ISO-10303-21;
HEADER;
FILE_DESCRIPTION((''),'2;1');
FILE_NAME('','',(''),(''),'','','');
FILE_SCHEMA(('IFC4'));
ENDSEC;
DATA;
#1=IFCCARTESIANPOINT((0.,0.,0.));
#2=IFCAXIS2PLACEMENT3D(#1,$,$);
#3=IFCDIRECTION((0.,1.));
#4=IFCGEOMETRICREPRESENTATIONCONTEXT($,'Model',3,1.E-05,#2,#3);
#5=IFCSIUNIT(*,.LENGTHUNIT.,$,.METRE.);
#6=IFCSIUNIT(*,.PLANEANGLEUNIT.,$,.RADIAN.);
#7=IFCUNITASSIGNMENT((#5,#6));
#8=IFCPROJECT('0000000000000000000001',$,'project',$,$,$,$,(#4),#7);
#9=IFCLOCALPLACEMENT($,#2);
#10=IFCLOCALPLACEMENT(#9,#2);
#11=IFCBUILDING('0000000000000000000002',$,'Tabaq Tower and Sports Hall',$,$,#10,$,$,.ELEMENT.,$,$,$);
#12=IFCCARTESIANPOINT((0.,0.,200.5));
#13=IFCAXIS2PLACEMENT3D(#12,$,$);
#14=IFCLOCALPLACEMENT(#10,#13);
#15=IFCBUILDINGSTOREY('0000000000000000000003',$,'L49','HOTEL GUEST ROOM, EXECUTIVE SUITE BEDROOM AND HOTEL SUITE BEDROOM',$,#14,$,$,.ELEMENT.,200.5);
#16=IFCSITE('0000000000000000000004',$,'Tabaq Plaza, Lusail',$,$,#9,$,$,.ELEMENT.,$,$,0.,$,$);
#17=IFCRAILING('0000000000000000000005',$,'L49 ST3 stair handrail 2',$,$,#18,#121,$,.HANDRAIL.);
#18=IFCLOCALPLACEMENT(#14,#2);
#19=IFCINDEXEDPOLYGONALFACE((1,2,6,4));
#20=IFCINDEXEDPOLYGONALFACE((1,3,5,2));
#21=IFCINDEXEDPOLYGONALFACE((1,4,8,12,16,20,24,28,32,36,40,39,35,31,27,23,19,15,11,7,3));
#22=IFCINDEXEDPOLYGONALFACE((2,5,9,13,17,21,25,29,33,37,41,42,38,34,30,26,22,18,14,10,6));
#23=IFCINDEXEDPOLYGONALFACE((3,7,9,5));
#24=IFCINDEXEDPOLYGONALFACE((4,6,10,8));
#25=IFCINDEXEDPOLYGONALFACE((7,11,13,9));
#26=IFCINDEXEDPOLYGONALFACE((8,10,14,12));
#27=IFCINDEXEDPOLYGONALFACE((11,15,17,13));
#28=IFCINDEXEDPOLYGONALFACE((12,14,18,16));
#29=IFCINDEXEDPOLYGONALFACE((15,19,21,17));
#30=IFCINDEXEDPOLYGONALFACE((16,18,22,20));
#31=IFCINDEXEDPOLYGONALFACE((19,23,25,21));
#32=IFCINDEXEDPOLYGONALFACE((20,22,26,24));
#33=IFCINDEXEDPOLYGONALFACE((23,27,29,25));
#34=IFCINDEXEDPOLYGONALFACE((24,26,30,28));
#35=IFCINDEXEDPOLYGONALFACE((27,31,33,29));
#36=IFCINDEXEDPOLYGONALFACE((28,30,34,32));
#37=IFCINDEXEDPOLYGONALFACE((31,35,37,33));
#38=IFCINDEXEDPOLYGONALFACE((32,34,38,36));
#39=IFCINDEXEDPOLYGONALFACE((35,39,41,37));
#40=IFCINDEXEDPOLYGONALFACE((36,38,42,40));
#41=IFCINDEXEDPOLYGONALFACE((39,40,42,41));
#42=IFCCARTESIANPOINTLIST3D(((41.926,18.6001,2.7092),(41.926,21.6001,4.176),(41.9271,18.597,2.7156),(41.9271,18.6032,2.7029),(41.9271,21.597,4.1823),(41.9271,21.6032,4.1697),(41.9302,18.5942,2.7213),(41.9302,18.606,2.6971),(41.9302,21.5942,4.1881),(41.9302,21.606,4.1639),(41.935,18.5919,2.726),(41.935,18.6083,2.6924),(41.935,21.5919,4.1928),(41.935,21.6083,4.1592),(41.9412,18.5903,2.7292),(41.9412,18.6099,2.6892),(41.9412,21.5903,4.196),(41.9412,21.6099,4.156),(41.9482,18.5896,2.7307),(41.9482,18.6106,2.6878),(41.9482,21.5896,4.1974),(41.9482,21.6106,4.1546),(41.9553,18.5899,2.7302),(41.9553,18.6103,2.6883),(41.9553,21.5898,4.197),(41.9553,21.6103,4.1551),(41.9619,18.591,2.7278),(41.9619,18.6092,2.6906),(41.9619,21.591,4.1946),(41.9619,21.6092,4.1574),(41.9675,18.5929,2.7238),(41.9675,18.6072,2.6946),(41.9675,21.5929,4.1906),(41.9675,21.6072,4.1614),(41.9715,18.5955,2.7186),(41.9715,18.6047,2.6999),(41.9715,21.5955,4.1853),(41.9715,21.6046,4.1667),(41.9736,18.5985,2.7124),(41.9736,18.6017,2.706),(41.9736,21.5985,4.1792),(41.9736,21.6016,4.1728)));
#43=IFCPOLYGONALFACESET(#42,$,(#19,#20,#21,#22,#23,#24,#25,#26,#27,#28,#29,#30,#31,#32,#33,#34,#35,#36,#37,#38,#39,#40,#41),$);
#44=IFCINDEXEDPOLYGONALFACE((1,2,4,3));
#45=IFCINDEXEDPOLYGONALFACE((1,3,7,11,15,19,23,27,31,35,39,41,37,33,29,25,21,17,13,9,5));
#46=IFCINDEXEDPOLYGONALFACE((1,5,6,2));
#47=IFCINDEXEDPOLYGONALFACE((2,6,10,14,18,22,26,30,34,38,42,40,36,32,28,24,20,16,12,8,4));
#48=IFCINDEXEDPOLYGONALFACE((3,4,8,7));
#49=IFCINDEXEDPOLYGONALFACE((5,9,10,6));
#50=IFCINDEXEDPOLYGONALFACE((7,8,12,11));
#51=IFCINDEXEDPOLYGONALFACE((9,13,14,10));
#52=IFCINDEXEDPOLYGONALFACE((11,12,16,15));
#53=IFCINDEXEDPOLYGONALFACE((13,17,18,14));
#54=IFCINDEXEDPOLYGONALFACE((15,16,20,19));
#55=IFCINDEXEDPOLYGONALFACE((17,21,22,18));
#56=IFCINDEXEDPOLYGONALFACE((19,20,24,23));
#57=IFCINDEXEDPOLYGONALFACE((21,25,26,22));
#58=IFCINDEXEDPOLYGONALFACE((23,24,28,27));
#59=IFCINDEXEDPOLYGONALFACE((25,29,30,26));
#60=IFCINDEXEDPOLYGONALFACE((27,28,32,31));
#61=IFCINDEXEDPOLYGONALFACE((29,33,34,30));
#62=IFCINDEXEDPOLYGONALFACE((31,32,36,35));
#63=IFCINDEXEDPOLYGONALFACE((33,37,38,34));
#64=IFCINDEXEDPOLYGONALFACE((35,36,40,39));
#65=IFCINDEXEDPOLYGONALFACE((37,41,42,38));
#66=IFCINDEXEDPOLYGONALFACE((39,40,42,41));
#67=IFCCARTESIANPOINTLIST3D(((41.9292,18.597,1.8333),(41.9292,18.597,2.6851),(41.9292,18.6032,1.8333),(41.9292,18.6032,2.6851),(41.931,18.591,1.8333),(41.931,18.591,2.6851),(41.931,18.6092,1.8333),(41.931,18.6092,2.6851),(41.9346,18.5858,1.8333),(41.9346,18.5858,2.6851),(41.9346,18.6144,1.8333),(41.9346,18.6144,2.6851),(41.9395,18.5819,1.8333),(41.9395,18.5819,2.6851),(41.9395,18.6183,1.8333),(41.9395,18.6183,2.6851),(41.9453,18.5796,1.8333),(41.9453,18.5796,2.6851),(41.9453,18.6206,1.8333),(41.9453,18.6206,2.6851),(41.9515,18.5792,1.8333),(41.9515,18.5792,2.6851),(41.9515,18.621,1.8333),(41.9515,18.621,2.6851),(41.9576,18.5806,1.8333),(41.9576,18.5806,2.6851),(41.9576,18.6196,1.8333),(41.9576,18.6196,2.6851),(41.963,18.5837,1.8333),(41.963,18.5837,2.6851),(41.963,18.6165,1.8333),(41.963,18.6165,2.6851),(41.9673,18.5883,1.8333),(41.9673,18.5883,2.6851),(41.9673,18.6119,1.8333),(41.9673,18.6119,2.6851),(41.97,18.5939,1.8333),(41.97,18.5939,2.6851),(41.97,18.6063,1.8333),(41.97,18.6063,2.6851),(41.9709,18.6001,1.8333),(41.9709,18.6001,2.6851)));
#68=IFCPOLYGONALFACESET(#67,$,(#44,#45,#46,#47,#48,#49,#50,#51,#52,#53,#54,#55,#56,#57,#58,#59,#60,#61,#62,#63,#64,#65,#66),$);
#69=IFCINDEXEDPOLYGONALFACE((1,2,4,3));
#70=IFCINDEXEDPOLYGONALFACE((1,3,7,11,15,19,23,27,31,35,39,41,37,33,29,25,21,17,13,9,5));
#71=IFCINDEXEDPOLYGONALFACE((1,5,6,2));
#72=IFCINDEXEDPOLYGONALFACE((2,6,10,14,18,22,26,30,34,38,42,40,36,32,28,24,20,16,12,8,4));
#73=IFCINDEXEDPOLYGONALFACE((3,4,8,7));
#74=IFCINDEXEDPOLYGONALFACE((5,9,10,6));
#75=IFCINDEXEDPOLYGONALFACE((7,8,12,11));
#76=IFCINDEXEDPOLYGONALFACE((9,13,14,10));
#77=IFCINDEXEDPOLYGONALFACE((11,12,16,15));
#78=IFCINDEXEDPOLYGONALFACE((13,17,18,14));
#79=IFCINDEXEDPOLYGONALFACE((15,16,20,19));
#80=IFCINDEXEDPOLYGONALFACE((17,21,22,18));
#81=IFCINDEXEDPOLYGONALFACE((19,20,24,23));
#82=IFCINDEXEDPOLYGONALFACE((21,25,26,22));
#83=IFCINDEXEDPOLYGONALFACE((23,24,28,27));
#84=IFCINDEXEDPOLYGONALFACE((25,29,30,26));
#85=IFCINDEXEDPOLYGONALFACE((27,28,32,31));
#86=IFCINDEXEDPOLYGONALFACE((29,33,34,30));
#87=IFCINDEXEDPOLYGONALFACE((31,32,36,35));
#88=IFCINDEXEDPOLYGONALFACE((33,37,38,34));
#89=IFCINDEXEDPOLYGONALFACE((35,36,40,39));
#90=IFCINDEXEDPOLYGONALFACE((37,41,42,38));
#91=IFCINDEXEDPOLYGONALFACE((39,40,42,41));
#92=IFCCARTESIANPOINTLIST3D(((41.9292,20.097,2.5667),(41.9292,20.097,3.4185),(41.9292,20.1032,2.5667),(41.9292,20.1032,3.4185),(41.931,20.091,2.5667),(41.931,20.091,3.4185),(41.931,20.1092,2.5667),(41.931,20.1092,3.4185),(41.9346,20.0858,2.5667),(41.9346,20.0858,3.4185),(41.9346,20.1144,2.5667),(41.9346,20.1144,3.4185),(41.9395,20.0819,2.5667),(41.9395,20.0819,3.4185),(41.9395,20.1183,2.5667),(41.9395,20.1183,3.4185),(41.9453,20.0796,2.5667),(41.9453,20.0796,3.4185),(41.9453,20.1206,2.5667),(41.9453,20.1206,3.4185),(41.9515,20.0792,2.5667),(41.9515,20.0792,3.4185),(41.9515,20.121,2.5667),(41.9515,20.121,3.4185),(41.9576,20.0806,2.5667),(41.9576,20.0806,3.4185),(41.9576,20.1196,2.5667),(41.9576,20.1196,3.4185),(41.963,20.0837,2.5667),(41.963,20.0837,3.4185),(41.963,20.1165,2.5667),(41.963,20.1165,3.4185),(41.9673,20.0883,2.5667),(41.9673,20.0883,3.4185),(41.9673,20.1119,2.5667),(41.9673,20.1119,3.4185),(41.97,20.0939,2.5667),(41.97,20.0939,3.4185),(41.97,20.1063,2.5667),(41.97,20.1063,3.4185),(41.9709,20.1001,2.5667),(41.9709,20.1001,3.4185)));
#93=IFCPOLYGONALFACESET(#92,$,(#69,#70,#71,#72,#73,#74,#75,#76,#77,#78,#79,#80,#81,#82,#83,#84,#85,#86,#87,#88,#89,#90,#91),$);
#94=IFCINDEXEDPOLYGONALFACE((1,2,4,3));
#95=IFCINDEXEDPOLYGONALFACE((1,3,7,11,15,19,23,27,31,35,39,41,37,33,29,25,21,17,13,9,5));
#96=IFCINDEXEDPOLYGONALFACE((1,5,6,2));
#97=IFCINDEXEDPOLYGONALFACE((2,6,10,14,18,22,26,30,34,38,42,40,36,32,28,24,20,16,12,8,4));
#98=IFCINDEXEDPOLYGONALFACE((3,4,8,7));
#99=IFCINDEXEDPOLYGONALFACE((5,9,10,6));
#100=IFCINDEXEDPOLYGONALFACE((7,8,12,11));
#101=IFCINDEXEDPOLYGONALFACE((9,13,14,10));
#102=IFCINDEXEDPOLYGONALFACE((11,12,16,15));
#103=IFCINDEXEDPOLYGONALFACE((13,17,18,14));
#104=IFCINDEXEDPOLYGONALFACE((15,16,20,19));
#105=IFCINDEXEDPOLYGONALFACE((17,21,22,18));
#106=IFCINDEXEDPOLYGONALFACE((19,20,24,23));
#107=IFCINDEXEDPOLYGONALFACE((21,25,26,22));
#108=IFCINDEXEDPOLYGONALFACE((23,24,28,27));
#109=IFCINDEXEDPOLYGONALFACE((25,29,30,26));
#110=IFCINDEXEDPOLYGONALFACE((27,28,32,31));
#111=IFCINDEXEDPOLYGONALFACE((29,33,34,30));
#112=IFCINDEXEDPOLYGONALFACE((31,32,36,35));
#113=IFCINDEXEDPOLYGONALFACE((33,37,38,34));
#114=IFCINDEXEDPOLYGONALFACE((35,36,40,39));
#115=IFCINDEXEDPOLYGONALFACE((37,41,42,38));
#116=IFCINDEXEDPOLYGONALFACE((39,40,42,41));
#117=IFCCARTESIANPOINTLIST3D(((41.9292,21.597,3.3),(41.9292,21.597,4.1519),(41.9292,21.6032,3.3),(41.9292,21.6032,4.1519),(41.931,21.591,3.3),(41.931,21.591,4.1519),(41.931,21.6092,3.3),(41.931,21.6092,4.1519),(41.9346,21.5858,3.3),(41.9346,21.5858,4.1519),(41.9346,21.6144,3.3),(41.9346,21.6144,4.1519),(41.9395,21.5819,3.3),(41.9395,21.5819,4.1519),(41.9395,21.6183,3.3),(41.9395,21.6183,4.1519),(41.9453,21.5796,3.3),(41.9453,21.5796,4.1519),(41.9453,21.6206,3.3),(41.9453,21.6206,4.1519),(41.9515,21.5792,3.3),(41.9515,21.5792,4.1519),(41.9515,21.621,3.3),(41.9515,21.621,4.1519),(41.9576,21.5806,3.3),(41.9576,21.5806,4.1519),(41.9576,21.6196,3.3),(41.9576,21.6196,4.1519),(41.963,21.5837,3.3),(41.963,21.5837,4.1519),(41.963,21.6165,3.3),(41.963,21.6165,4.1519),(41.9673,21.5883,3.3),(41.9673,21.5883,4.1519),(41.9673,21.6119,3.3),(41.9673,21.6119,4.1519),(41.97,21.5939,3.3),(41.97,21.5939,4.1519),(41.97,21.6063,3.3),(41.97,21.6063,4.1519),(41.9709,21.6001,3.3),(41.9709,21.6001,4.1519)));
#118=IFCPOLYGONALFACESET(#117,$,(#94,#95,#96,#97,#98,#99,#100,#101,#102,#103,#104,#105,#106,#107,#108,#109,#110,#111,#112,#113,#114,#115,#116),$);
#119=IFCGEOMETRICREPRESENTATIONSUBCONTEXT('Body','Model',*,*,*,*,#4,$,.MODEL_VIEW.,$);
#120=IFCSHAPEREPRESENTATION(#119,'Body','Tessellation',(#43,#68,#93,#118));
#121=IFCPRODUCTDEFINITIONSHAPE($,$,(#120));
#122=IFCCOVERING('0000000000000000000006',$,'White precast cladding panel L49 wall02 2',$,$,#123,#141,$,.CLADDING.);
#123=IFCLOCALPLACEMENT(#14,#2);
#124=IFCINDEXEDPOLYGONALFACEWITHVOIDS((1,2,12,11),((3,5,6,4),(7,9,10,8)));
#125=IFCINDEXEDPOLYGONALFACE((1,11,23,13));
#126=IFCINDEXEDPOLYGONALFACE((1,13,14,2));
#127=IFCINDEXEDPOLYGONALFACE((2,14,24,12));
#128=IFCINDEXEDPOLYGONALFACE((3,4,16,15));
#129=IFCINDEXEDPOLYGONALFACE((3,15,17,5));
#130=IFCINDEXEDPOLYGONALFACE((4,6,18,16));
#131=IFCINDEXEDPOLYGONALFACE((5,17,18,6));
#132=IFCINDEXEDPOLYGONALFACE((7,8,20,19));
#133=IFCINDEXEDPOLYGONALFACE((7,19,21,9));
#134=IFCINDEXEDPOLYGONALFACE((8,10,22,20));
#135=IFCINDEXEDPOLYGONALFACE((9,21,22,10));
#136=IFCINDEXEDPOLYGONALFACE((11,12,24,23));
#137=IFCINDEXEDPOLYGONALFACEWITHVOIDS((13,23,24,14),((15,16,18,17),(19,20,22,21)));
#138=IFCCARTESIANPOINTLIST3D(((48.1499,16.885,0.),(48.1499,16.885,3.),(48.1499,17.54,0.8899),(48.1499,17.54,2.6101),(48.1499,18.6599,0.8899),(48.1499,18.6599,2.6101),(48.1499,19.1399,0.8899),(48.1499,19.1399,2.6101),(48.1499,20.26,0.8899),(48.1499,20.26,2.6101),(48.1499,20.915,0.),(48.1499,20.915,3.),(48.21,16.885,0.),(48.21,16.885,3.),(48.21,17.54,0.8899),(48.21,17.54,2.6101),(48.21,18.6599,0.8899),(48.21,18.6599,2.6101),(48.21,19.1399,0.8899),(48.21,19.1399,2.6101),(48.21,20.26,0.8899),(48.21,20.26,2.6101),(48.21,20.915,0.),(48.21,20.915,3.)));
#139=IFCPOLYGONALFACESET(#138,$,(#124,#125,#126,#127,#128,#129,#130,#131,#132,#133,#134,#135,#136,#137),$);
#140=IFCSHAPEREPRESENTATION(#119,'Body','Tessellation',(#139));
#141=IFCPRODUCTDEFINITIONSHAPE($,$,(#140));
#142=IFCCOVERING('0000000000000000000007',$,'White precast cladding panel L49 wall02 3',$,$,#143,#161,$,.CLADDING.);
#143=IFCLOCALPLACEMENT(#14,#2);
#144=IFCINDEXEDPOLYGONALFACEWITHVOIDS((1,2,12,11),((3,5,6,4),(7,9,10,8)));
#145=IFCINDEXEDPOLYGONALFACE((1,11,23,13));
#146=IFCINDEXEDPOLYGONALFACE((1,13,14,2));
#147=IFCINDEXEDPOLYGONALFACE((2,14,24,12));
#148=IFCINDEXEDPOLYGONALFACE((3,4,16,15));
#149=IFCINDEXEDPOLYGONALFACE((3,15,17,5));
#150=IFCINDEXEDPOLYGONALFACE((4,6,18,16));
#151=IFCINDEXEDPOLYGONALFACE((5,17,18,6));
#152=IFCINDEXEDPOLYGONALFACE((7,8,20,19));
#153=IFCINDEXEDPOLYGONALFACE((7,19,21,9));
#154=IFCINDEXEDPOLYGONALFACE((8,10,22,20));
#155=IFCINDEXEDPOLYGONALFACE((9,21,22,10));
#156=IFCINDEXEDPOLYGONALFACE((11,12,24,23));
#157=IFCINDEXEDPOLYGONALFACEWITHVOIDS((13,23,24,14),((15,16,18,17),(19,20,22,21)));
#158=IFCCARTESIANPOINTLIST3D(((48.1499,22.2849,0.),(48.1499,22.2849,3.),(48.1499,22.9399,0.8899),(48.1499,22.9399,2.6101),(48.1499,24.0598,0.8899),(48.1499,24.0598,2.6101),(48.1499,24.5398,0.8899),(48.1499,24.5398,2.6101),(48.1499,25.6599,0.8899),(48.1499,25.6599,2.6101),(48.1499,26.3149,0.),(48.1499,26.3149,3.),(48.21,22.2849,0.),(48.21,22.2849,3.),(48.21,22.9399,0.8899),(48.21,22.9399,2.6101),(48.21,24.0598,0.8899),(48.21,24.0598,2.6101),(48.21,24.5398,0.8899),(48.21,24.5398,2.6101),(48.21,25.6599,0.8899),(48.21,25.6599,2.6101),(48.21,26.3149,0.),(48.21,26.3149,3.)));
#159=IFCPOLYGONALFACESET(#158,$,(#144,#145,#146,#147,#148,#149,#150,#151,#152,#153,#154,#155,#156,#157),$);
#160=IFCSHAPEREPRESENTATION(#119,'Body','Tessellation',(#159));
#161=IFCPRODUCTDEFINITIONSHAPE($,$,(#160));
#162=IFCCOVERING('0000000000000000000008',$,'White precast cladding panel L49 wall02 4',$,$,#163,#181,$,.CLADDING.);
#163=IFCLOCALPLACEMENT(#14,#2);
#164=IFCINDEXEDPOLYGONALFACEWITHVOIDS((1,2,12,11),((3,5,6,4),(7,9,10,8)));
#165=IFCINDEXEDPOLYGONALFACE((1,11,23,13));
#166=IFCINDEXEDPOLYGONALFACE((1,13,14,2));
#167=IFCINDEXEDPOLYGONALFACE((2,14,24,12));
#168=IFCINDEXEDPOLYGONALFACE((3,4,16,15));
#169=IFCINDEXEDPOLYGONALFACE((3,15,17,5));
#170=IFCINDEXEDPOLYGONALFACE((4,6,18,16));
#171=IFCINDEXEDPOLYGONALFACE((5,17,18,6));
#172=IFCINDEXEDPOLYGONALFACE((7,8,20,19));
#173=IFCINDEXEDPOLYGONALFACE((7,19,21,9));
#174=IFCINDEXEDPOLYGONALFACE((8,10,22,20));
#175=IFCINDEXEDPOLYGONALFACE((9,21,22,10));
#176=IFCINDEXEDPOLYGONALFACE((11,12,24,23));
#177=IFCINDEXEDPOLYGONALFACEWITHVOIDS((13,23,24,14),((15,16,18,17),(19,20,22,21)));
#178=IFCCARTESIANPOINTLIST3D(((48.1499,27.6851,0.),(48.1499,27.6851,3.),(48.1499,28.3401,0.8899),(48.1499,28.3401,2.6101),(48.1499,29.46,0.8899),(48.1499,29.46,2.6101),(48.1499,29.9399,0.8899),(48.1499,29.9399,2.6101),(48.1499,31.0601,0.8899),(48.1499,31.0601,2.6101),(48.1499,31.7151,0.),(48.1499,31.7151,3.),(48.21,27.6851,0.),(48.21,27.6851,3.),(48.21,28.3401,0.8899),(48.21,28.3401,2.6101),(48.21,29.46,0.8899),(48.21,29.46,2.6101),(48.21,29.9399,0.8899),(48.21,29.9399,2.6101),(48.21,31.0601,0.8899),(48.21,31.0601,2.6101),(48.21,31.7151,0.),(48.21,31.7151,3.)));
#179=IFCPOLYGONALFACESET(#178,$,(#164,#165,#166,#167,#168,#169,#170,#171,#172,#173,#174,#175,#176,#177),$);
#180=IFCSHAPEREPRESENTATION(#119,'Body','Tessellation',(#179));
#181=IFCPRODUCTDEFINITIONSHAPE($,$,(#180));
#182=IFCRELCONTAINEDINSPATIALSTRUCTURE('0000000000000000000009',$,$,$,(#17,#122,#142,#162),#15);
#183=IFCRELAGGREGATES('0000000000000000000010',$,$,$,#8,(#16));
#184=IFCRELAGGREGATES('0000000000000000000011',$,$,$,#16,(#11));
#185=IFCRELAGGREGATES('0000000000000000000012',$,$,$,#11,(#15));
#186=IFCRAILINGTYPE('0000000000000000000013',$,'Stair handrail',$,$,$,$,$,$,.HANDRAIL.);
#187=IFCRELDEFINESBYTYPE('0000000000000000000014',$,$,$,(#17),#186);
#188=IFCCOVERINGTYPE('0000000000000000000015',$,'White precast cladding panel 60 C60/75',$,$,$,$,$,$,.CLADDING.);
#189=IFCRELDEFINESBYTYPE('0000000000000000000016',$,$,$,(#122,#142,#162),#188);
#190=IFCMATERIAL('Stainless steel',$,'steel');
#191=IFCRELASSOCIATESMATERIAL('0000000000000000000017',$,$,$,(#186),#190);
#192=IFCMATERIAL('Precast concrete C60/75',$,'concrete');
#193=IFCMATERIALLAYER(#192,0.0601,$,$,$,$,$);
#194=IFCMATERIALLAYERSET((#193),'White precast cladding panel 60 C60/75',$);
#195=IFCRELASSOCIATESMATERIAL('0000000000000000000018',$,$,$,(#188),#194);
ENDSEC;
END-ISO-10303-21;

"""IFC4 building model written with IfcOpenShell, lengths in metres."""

from ifc_helpers import new_model, si_unit, direction, frame, origin, origin_2d, place, context, subcontext, project, spatial, polyline, circle, outline, extrude, material, layer, layer_set, type_object, element, save


model = new_model("IFC4")

# Units and contexts
model_context = context("Model", 3, precision=1e-05, world=origin(), true_north=direction((0.0, 1.0)))
body_context = subcontext(model_context, "Body", "Model", "MODEL_VIEW")
ifc_project = project(units=[si_unit("LENGTHUNIT", "METRE"), si_unit("PLANEANGLEUNIT", "RADIAN")], contexts=[model_context])

# Site, building, storey
site_placement = place(None, origin())
site = spatial("IfcSite", under=ifc_project, at=site_placement, Name="Tabaq Plaza, Lusail", CompositionType="ELEMENT", RefElevation=0.0)
building_placement = place(site_placement, origin())
building = spatial("IfcBuilding", under=site, at=building_placement, Name="Tabaq Tower and Sports Hall", CompositionType="ELEMENT")
storey_placement = place(building_placement, frame((0.0, 0.0, 200.5)))
storey = spatial("IfcBuildingStorey", under=building, at=storey_placement, Name="L49", Description="HOTEL GUEST ROOM, EXECUTIVE SUITE BEDROOM AND HOTEL SUITE BEDROOM", CompositionType="ELEMENT", Elevation=200.5)

# Railing
ifc_material_1 = material(Name="Stainless steel", Category="steel")
railing_type_1 = type_object("IfcRailingType", Name="Stair handrail", PredefinedType="HANDRAIL", material=ifc_material_1)
railing_1_placement = place(storey_placement, frame((41.95, 18.6001, 1.8333)))
element("IfcRailing", 1, at=railing_1_placement, inside=storey, type_object=railing_type_1, Name="L49 ST3 stair handrail 2", PredefinedType="HANDRAIL", context=body_context, shape_type="SweptSolid", body=[
    extrude(circle(Radius=0.0239, at=origin_2d()), frame((0.0, 0.0, 0.876), z_axis=(0.0, 0.898369, 0.439242), x_axis=(-1.0, 0.0, 0.0)), (0.0, 0.0, 1.0), 3.3394),
    extrude(circle(Radius=0.021, at=origin_2d()), origin(), (0.0, 0.0, 1.0), 0.8518),
    extrude(circle(Radius=0.021, at=origin_2d()), frame((0.0, 1.5, 0.7334)), (0.0, 0.0, 1.0), 0.8518),
    extrude(circle(Radius=0.021, at=origin_2d()), frame((0.0, 3.0, 1.4668)), (0.0, 0.0, 1.0), 0.8518),
])

# Coverings
ifc_material_2 = material(Name="Precast concrete C60/75", Category="concrete")
ifc_layer_1 = layer(ifc_material_2, 0.0601)
ifc_layer_set_1 = layer_set([ifc_layer_1], Name="White precast cladding panel 60 C60/75")
covering_type_1 = type_object("IfcCoveringType", Name="White precast cladding panel 60 C60/75", PredefinedType="CLADDING", material=ifc_layer_set_1)
for number, where, z_axis, x_axis, name in (
    (2, (48.1799, 16.885, 0.0), (0.0, 0.0, 1.0), (0.0, 1.0, 0.0), "White precast cladding panel L49 wall02 2"),
    (3, (48.1799, 22.2849, 0.0), (0.0, 0.0, 1.0), (0.0, 1.0, 0.0), "White precast cladding panel L49 wall02 3"),
    (4, (48.1799, 27.6851, 0.0), (0.0, 0.0, 1.0), (0.0, 1.0, 0.0), "White precast cladding panel L49 wall02 4"),
):
    element("IfcCovering", number, at=place(storey_placement, frame(where, z_axis=z_axis, x_axis=x_axis)), inside=storey, type_object=covering_type_1, Name=name, PredefinedType="CLADDING", context=body_context, shape_type="SweptSolid", body=[
        extrude(outline(polyline([(0.0, 0.0), (4.03, 0.0), (4.03, 3.0), (0.0, 3.0), (0.0, 0.0)]), holes=[polyline([(0.655, 2.6101), (1.7749, 2.6101), (1.7749, 0.8899), (0.655, 0.8899), (0.655, 2.6101)]), polyline([(2.2549, 2.6101), (3.375, 2.6101), (3.375, 0.8899), (2.2549, 0.8899), (2.2549, 2.6101)])]), frame((0.0, 0.03, 0.0), z_axis=(0.0, -1.0, 0.0), x_axis=(1.0, 0.0, 0.0)), (0.0, 0.0, 1.0), 0.0601),
    ])

save(model, "model.ifc")
